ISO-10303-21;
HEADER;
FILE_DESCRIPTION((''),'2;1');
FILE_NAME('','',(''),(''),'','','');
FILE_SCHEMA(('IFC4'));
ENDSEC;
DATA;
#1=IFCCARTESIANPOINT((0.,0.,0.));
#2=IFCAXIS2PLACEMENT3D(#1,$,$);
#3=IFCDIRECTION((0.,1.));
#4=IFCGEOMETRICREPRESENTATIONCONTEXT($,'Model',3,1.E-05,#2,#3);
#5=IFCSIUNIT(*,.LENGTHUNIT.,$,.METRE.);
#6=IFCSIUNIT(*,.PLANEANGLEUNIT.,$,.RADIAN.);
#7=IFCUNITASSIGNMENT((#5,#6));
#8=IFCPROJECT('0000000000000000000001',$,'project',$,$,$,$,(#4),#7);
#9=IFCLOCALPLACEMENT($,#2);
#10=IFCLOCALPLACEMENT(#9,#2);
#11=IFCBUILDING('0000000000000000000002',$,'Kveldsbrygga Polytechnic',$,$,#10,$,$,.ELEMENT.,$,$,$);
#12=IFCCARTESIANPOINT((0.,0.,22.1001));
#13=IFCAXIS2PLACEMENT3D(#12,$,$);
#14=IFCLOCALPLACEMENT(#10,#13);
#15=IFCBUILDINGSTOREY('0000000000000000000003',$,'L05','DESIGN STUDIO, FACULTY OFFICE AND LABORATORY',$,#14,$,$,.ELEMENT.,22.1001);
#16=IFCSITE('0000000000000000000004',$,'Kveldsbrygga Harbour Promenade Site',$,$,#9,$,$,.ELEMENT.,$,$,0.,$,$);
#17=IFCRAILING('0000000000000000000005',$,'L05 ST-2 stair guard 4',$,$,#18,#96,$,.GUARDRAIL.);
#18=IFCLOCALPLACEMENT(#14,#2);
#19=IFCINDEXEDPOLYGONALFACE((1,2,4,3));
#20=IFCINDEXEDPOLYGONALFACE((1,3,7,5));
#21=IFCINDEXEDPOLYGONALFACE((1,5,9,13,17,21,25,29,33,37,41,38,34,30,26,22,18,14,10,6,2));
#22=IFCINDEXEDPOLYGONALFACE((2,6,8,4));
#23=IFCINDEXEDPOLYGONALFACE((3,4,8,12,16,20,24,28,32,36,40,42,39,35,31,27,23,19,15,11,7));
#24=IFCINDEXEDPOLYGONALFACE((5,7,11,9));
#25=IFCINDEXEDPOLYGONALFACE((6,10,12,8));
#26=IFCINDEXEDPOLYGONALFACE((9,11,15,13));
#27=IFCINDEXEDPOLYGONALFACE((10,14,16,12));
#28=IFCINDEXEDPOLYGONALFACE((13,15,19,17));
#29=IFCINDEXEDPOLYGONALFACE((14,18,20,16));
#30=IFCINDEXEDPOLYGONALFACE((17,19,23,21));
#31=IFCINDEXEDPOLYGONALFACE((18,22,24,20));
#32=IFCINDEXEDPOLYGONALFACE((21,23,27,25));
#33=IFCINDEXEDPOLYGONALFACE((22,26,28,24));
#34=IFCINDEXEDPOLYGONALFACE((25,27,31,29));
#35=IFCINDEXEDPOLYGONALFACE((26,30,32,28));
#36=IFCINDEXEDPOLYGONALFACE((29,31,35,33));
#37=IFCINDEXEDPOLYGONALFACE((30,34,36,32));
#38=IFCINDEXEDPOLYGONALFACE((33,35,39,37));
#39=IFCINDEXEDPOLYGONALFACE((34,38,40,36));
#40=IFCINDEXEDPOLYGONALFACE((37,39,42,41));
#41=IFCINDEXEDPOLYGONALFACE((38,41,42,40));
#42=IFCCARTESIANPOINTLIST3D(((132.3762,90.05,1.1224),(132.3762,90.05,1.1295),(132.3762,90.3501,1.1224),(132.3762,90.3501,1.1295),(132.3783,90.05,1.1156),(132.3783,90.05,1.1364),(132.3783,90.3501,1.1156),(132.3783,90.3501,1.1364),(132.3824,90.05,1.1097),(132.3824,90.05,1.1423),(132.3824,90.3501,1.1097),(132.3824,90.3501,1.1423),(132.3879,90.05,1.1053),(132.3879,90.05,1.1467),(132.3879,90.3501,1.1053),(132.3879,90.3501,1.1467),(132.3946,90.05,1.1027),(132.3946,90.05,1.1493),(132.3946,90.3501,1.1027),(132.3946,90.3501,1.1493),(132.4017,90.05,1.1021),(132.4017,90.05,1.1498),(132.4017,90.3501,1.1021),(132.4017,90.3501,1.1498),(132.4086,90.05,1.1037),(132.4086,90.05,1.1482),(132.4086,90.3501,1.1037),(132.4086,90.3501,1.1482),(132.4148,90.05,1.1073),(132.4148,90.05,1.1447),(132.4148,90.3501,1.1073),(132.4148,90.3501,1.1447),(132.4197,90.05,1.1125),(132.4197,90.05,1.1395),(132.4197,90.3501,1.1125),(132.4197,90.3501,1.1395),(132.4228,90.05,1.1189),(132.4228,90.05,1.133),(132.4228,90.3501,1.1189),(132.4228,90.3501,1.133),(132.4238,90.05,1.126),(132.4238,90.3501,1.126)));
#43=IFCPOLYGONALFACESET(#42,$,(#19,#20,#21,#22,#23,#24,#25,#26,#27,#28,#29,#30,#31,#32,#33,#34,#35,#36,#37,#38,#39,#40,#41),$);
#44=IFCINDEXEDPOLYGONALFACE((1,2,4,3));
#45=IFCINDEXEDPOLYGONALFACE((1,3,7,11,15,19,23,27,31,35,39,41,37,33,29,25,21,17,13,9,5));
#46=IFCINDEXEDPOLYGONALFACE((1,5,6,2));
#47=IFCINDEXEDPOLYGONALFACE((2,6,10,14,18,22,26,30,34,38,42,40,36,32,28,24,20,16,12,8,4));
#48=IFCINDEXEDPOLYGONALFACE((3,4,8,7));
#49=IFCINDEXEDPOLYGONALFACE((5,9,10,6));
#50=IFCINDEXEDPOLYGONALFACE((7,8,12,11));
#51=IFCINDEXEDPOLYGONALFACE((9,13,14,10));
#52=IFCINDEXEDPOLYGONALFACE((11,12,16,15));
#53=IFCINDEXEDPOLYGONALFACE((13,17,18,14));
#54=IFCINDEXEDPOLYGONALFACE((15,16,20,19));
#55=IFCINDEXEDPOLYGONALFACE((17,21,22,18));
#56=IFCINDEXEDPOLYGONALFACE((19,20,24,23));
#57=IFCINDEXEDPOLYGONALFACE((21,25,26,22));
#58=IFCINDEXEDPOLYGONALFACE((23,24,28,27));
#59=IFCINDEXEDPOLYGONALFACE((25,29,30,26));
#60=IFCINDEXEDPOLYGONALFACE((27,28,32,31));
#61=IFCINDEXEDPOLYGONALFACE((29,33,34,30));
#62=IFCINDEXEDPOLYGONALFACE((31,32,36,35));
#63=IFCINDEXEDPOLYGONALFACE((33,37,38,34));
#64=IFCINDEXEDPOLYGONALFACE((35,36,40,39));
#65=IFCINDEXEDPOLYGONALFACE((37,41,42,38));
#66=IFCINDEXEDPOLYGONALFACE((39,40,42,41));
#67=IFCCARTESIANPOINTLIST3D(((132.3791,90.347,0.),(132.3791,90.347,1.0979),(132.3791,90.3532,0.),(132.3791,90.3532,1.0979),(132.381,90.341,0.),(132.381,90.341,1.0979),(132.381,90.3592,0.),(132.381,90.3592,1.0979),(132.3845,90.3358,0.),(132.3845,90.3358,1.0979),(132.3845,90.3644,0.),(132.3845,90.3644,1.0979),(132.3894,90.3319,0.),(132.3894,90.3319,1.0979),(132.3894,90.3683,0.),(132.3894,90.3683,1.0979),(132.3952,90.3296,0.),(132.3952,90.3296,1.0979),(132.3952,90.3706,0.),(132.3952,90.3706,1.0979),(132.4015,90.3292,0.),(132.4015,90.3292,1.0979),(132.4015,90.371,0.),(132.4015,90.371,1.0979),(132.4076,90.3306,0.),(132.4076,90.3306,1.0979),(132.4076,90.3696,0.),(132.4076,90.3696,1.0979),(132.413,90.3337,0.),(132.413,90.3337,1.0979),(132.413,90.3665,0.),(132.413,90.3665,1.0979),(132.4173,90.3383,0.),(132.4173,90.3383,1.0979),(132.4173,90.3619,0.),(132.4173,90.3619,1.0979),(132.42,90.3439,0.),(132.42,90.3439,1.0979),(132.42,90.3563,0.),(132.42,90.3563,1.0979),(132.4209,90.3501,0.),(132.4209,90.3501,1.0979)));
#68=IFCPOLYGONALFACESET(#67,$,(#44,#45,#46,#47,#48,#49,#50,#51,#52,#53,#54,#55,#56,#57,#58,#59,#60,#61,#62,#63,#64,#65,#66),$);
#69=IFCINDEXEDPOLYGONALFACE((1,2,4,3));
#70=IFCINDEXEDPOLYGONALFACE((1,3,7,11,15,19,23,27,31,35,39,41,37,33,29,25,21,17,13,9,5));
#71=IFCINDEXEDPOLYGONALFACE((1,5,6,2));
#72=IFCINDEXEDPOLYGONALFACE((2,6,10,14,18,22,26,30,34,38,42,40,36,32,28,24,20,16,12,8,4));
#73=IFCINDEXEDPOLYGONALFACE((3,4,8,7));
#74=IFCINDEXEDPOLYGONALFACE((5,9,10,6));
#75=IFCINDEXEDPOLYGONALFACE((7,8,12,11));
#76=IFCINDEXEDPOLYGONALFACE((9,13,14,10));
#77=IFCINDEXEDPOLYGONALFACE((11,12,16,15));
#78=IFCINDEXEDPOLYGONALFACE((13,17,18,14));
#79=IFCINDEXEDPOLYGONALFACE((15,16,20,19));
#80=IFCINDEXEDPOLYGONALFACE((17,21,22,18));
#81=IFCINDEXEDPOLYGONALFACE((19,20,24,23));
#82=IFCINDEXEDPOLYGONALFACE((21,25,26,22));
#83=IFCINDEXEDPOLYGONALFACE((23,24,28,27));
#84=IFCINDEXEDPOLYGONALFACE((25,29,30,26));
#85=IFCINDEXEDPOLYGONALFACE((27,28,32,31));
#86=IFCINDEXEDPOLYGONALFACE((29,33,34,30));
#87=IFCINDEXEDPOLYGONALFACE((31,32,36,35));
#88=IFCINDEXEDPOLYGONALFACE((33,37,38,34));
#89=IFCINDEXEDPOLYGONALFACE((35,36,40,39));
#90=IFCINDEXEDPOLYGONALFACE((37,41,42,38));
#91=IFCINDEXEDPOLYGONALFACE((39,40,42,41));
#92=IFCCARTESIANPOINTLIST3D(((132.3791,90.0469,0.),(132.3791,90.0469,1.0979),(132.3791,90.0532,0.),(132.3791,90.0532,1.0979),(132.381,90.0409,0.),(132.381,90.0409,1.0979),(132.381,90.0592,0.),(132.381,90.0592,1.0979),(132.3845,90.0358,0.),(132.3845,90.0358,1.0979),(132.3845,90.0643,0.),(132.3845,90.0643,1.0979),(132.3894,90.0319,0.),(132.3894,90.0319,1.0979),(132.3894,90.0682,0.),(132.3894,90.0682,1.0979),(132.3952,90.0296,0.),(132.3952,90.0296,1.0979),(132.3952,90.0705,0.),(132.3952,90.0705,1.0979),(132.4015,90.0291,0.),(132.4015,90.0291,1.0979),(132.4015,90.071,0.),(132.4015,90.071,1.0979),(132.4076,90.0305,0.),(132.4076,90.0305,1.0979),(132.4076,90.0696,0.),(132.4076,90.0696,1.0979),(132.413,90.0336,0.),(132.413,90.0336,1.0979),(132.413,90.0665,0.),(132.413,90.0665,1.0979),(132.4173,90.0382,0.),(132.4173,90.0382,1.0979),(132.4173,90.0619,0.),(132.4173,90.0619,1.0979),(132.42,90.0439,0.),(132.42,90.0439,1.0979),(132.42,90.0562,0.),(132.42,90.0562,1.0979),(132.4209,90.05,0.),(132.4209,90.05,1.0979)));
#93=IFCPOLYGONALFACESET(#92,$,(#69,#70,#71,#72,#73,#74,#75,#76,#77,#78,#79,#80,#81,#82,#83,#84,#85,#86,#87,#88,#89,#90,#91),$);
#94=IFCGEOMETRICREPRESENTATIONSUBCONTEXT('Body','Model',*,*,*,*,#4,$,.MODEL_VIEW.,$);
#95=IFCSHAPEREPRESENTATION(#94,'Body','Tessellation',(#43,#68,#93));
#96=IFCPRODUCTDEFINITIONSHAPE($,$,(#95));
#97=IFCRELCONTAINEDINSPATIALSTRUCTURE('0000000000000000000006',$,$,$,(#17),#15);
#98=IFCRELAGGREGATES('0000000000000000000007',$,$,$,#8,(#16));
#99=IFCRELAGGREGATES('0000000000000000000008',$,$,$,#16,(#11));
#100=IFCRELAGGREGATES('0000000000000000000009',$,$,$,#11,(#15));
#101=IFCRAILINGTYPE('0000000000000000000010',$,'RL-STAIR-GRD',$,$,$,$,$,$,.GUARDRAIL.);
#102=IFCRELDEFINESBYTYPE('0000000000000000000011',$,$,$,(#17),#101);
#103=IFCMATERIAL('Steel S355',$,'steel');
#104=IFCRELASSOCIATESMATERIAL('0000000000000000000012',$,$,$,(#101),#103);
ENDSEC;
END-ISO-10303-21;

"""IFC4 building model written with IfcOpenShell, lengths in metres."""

from ifc_helpers import new_model, si_unit, direction, frame, origin, origin_2d, place, context, subcontext, project, spatial, circle, extrude, material, type_object, element, save


model = new_model("IFC4")

# Units and contexts
model_context = context("Model", 3, precision=1e-05, world=origin(), true_north=direction((0.0, 1.0)))
body_context = subcontext(model_context, "Body", "Model", "MODEL_VIEW")
ifc_project = project(units=[si_unit("LENGTHUNIT", "METRE"), si_unit("PLANEANGLEUNIT", "RADIAN")], contexts=[model_context])

# Site, building, storey
site_placement = place(None, origin())
site = spatial("IfcSite", under=ifc_project, at=site_placement, Name="Kveldsbrygga Harbour Promenade Site", CompositionType="ELEMENT", RefElevation=0.0)
building_placement = place(site_placement, origin())
building = spatial("IfcBuilding", under=site, at=building_placement, Name="Kveldsbrygga Polytechnic", CompositionType="ELEMENT")
storey_placement = place(building_placement, frame((0.0, 0.0, 22.1001)))
storey = spatial("IfcBuildingStorey", under=building, at=storey_placement, Name="L05", Description="DESIGN STUDIO, FACULTY OFFICE AND LABORATORY", CompositionType="ELEMENT", Elevation=22.1001)

# Railing
ifc_material_1 = material(Name="Steel S355", Category="steel")
railing_type_1 = type_object("IfcRailingType", Name="RL-STAIR-GRD", PredefinedType="GUARDRAIL", material=ifc_material_1)
railing_1_placement = place(storey_placement, frame((132.3999, 90.3501, 0.0)))
element("IfcRailing", 1, at=railing_1_placement, inside=storey, type_object=railing_type_1, Name="L05 ST-2 stair guard 4", PredefinedType="GUARDRAIL", context=body_context, shape_type="SweptSolid", body=[
    extrude(circle(Radius=0.0239, at=origin_2d()), frame((0.0, 0.0, 1.126), z_axis=(0.0, -1.0, 0.0), x_axis=(1.0, 0.0, 0.0)), (0.0, 0.0, 1.0), 0.3),
    extrude(circle(Radius=0.021, at=origin_2d()), origin(), (0.0, 0.0, 1.0), 1.0979),
    extrude(circle(Radius=0.021, at=origin_2d()), frame((0.0, -0.3, 0.0)), (0.0, 0.0, 1.0), 1.0979),
])

save(model, "model.ifc")
